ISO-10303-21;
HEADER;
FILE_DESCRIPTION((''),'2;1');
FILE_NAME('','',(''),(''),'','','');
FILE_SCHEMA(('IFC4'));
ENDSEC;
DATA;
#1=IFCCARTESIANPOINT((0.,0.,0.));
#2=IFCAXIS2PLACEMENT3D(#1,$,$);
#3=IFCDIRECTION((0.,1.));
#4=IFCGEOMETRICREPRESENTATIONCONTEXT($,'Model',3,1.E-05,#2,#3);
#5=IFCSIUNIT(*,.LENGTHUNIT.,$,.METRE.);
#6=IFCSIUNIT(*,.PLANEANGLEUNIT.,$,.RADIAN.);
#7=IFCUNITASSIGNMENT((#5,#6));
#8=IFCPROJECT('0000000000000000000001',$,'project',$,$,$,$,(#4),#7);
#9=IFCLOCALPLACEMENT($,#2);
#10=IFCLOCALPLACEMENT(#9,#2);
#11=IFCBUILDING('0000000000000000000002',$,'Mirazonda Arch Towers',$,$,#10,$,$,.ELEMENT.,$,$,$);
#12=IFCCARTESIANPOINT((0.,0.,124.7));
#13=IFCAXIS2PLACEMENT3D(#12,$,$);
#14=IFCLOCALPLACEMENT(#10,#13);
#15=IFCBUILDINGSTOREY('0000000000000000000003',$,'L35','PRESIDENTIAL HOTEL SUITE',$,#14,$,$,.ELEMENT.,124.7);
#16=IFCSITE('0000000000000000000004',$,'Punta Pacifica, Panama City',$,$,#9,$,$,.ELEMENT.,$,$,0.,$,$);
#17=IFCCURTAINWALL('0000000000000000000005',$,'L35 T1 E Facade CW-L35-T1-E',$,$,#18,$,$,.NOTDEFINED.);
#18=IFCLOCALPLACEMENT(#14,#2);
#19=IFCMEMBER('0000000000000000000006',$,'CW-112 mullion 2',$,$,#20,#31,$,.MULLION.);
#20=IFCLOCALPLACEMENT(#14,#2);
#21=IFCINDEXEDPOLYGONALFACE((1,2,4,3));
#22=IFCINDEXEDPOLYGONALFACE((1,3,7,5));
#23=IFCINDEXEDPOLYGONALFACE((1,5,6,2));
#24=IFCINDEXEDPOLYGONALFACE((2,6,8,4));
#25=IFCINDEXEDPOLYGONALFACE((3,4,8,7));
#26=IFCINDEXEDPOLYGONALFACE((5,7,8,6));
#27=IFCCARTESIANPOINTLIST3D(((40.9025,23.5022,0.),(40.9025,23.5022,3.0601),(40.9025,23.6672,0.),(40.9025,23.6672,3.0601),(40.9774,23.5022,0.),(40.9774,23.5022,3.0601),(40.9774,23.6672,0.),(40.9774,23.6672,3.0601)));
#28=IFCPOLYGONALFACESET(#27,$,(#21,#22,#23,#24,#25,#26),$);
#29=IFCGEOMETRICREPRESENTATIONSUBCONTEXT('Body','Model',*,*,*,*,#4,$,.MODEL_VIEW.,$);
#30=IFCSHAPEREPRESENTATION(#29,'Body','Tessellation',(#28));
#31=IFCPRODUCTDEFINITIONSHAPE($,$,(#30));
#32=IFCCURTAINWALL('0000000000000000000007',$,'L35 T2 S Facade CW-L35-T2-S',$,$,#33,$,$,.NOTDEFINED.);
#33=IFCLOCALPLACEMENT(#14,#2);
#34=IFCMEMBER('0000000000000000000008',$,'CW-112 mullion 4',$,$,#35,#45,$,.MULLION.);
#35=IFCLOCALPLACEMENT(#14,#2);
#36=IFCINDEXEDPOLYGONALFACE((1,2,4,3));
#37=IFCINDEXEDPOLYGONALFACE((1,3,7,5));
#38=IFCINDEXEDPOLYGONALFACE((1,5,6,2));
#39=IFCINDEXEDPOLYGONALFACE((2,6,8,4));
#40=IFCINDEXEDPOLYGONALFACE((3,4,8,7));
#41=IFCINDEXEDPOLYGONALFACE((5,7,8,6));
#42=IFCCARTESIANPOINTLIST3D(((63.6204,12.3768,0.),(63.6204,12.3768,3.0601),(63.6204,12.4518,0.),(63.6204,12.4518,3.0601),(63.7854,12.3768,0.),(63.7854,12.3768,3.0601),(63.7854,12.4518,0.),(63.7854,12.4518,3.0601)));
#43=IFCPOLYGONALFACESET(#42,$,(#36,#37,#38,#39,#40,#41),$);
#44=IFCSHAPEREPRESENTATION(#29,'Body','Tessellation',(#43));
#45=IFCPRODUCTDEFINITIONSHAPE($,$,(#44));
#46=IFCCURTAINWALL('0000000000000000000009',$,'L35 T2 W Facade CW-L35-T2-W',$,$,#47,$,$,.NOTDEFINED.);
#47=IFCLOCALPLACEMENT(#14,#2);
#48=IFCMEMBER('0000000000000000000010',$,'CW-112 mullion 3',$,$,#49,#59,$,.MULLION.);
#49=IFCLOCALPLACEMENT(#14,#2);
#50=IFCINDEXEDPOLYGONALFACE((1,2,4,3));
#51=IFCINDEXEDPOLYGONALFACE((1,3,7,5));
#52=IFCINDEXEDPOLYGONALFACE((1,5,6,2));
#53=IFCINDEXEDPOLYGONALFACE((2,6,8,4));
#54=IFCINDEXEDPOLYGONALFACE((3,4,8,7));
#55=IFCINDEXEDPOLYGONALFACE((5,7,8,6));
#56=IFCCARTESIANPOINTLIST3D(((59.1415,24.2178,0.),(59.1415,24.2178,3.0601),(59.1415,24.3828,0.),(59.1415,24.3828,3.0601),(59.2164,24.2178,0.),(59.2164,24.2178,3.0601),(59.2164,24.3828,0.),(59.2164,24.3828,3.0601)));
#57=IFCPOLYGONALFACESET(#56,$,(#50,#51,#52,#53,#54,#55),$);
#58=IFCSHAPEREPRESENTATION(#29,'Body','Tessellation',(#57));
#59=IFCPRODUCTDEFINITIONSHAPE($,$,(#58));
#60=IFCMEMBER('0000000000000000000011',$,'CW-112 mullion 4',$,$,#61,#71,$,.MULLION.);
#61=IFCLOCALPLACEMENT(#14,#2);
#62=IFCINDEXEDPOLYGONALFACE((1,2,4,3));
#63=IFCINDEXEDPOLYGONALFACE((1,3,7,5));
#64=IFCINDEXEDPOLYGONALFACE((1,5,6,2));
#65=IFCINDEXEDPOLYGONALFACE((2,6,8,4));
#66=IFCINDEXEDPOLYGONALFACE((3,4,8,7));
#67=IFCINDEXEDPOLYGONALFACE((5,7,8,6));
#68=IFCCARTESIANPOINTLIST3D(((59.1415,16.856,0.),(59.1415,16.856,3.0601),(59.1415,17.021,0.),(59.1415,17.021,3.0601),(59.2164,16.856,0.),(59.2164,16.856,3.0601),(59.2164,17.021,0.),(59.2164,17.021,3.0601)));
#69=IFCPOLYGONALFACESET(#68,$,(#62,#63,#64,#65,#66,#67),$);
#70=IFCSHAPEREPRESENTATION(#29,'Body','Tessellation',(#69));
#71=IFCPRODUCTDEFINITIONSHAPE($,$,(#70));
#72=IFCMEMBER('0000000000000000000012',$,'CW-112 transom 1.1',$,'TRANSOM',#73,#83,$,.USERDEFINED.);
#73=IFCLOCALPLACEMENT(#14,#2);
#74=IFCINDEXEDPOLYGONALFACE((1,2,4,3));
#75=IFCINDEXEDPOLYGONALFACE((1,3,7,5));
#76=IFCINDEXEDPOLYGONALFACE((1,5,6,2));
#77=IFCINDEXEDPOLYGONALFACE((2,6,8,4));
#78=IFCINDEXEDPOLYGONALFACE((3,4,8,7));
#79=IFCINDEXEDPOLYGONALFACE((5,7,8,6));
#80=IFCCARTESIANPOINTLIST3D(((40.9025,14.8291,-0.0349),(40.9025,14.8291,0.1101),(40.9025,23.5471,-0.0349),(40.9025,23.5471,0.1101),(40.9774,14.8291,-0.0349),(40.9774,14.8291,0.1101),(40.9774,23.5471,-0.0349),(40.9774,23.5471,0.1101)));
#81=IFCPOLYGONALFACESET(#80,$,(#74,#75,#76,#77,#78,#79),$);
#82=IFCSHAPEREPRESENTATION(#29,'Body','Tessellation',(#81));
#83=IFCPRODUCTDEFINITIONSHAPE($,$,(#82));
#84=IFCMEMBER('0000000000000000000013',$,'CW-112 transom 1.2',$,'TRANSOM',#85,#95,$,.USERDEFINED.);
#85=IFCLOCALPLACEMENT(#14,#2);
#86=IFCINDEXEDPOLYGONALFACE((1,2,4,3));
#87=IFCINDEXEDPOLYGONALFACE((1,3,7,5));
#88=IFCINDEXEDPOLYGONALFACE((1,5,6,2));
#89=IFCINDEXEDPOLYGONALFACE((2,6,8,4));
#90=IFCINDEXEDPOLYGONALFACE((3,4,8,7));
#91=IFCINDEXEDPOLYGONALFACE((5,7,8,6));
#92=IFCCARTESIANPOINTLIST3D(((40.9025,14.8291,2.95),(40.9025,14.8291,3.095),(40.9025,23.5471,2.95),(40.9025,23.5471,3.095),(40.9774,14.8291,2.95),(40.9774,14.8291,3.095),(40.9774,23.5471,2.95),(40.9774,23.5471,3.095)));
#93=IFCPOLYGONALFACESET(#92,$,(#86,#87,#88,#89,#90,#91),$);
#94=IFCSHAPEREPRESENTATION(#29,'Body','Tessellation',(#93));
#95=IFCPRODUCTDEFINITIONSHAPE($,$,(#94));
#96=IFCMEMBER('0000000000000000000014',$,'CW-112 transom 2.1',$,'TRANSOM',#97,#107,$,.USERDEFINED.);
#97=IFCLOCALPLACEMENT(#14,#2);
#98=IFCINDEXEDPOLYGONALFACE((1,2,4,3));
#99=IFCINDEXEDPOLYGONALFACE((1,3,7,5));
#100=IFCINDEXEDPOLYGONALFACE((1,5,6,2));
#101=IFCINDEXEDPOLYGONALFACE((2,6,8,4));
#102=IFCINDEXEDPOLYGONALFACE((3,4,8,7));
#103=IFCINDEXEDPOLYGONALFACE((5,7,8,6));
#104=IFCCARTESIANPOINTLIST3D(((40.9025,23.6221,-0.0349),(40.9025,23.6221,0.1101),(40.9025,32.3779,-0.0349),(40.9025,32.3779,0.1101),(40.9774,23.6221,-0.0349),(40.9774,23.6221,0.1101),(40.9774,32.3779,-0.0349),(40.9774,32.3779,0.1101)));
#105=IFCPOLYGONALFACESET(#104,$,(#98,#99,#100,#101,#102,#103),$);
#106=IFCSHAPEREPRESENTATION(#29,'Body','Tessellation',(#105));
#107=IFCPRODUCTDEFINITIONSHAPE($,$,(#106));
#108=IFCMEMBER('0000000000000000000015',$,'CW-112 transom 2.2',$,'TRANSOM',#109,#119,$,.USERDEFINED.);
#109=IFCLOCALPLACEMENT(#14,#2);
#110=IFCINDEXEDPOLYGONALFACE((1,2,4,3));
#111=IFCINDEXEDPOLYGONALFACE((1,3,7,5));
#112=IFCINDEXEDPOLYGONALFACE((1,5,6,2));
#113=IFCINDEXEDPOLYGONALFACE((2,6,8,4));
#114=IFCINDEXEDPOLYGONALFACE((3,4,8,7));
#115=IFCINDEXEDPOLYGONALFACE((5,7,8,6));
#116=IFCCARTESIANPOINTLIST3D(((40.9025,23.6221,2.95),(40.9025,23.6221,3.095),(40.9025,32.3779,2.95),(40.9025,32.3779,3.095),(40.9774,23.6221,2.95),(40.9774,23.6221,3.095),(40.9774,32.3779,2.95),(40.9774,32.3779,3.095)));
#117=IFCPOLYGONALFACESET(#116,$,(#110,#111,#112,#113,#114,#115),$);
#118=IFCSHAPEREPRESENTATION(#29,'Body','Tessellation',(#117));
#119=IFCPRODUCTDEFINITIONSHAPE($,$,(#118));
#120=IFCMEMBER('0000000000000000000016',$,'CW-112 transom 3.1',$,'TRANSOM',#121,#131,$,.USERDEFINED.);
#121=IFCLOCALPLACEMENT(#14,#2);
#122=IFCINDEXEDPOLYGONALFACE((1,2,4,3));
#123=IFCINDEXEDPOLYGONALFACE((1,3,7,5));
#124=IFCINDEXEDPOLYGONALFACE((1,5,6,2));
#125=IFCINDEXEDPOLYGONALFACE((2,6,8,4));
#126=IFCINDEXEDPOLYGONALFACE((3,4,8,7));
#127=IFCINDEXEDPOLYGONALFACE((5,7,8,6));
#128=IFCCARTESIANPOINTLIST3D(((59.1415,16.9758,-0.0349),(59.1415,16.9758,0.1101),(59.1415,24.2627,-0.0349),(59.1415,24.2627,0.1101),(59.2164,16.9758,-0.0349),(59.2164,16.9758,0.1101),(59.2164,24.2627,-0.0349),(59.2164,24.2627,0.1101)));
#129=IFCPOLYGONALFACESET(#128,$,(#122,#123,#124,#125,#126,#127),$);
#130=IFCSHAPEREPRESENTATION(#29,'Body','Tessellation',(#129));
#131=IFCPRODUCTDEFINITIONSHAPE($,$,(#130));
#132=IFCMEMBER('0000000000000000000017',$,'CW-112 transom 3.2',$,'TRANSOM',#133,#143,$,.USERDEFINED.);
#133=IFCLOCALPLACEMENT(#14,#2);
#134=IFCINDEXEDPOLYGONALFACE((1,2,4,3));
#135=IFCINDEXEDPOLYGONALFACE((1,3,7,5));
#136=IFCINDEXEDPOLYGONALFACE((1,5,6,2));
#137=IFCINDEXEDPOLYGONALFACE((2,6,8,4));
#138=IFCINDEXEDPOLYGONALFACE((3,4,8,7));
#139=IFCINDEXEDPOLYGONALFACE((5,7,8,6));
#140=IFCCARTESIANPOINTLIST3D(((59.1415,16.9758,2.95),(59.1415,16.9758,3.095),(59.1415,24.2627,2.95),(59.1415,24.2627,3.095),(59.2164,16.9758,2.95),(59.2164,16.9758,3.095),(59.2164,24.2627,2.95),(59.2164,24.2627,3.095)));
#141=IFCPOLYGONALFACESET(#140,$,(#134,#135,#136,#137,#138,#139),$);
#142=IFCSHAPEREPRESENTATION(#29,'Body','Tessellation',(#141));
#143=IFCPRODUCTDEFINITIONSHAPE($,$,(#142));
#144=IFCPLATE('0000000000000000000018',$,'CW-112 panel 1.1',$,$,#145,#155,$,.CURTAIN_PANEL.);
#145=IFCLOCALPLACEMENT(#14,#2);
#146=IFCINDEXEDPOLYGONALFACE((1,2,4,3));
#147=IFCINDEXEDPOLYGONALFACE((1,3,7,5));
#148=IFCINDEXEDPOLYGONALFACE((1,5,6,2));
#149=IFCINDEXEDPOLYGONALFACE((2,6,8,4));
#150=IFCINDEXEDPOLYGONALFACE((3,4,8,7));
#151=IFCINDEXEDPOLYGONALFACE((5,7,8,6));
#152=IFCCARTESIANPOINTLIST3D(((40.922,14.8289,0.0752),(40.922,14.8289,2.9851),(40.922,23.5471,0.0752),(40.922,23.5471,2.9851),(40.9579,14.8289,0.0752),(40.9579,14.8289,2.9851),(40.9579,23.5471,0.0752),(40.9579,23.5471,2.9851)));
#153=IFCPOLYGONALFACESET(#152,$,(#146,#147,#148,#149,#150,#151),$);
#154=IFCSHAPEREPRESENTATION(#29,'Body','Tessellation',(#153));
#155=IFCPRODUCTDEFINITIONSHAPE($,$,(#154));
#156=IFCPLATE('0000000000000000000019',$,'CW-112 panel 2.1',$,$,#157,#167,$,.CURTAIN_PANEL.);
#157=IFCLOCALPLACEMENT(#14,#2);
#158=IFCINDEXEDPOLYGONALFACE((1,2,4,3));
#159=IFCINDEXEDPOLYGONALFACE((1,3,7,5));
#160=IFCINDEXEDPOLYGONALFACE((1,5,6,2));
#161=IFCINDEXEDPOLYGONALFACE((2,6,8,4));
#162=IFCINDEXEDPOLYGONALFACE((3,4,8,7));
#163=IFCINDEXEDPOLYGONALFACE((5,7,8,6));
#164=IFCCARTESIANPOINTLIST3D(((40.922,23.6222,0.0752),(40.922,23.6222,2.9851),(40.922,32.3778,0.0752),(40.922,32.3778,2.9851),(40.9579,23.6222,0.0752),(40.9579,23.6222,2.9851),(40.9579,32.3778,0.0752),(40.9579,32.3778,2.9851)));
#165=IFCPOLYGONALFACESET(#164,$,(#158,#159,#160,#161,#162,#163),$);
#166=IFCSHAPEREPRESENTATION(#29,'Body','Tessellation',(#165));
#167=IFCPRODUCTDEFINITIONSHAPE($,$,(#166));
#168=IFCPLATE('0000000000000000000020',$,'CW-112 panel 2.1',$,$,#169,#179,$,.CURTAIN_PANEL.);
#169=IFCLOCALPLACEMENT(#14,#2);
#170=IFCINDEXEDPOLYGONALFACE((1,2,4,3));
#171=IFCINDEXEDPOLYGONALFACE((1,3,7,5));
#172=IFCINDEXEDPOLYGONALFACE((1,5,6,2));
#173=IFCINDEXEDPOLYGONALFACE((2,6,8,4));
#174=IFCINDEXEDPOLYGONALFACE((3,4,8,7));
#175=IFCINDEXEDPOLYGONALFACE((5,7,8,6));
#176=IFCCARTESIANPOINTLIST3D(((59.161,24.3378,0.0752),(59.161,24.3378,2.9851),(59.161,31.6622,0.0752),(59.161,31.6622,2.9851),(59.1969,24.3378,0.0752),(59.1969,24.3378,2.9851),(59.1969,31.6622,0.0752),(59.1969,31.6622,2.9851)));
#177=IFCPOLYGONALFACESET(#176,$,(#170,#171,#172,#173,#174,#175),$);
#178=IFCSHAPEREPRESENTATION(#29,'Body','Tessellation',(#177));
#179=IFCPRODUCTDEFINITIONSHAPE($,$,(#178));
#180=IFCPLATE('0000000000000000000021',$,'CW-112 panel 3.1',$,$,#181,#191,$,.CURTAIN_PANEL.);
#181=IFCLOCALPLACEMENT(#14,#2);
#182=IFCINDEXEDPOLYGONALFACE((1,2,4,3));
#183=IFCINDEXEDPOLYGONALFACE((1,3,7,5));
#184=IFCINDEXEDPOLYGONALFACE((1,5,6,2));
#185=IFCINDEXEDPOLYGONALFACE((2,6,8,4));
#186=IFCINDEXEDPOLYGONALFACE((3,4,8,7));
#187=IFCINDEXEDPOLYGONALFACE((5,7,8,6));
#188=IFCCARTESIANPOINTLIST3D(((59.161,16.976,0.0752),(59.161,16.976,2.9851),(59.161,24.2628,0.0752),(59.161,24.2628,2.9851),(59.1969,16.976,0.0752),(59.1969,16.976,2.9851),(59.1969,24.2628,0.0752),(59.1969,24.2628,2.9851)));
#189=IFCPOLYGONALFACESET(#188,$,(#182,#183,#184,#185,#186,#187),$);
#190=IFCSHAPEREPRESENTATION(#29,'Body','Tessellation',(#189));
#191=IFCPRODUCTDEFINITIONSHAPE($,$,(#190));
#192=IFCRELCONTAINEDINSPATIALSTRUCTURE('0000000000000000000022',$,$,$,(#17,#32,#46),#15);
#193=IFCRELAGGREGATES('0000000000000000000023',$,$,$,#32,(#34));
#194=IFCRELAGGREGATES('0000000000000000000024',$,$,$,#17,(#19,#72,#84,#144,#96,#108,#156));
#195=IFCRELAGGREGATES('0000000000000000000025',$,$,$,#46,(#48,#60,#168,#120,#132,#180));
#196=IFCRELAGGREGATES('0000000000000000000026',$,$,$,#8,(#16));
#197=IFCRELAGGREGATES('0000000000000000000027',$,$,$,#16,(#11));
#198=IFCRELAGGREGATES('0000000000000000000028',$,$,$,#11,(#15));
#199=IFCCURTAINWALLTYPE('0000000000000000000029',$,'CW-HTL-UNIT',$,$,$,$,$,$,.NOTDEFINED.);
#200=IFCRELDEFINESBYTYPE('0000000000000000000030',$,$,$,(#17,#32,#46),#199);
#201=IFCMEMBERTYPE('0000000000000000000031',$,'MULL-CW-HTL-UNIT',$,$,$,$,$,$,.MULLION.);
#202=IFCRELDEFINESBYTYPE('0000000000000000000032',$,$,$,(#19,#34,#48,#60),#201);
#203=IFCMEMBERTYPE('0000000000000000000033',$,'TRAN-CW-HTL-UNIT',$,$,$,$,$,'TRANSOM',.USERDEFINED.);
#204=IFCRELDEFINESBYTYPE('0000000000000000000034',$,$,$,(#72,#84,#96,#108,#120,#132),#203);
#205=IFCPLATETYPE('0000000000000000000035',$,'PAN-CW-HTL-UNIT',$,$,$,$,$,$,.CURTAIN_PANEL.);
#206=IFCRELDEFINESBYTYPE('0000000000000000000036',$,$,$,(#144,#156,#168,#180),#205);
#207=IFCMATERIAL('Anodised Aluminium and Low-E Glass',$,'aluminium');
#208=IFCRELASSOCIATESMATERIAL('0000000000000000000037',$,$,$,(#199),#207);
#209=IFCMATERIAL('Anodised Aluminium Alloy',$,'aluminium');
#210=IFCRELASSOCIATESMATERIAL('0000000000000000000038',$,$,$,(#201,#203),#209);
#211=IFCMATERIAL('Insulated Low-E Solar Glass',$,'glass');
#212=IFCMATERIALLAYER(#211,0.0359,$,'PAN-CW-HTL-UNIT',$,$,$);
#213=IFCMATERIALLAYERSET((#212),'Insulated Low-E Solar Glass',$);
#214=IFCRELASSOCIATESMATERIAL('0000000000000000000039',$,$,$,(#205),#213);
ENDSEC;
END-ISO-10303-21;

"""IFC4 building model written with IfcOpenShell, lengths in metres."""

from ifc_helpers import new_model, si_unit, direction, frame, origin, origin_2d, place, context, subcontext, project, spatial, rectangle, extrude, material, layer, layer_set, material_profile, profile_set, type_object, element, aggregate, save


model = new_model("IFC4")

# Units and contexts
model_context = context("Model", 3, precision=1e-05, world=origin(), true_north=direction((0.0, 1.0)))
body_context = subcontext(model_context, "Body", "Model", "MODEL_VIEW")
ifc_project = project(units=[si_unit("LENGTHUNIT", "METRE"), si_unit("PLANEANGLEUNIT", "RADIAN")], contexts=[model_context])

# Site, building, storey
site_placement = place(None, origin())
site = spatial("IfcSite", under=ifc_project, at=site_placement, Name="Punta Pacifica, Panama City", CompositionType="ELEMENT", RefElevation=0.0)
building_placement = place(site_placement, origin())
building = spatial("IfcBuilding", under=site, at=building_placement, Name="Mirazonda Arch Towers", CompositionType="ELEMENT")
storey_placement = place(building_placement, frame((0.0, 0.0, 124.7)))
storey = spatial("IfcBuildingStorey", under=building, at=storey_placement, Name="L35", Description="PRESIDENTIAL HOTEL SUITE", CompositionType="ELEMENT", Elevation=124.7)

# Curtain wall, member
ifc_material_1 = material(Name="Anodised Aluminium and Low-E Glass", Category="aluminium")
curtain_wall_type = type_object("IfcCurtainWallType", Name="CW-HTL-UNIT", PredefinedType="NOTDEFINED", material=ifc_material_1)
curtain_wall_1_placement = place(storey_placement, origin())
curtain_wall_1 = element("IfcCurtainWall", 1, at=curtain_wall_1_placement, inside=storey, type_object=curtain_wall_type, Name="L35 T1 E Facade CW-L35-T1-E", PredefinedType="NOTDEFINED")
ifc_material_2 = material(Name="Anodised Aluminium Alloy", Category="aluminium")
ifc_material_profile_1 = material_profile(ifc_material_2, rectangle(XDim=0.075, YDim=0.165, at=origin_2d()), Name="ALU-MULL-75x165")
ifc_profile_set_1 = profile_set([ifc_material_profile_1], Name="Anodised Aluminium Alloy")
member_type_1 = type_object("IfcMemberType", Name="MULL-CW-HTL-UNIT", PredefinedType="MULLION", material=ifc_profile_set_1)
member_1_placement = place(storey_placement, frame((40.9399, 23.5847, 0.0), z_axis=(0.0, 0.0, 1.0), x_axis=(-1.0, 0.0, 0.0)))
member_1 = element("IfcMember", 2, at=member_1_placement, type_object=member_type_1, Name="CW-112 mullion 2", PredefinedType="MULLION", context=body_context, shape_type="SweptSolid", body=[
    extrude(rectangle(XDim=0.075, YDim=0.165, at=origin_2d()), origin(), (0.0, 0.0, 1.0), 3.0601),
])

# Curtain wall, member
curtain_wall_2_placement = place(storey_placement, origin())
curtain_wall_2 = element("IfcCurtainWall", 3, at=curtain_wall_2_placement, inside=storey, type_object=curtain_wall_type, Name="L35 T2 S Facade CW-L35-T2-S", PredefinedType="NOTDEFINED")
member_2_placement = place(storey_placement, frame((63.7029, 12.4143, 0.0), z_axis=(0.0, 0.0, 1.0), x_axis=(0.0, -1.0, 0.0)))
member_2 = element("IfcMember", 4, at=member_2_placement, type_object=member_type_1, Name="CW-112 mullion 4", PredefinedType="MULLION", context=body_context, shape_type="SweptSolid", body=[
    extrude(rectangle(XDim=0.075, YDim=0.165, at=origin_2d()), origin(), (0.0, 0.0, 1.0), 3.0601),
])
aggregate(curtain_wall_2, [member_2])

# Curtain wall, members
curtain_wall_3_placement = place(storey_placement, origin())
curtain_wall_3 = element("IfcCurtainWall", 5, at=curtain_wall_3_placement, inside=storey, type_object=curtain_wall_type, Name="L35 T2 W Facade CW-L35-T2-W", PredefinedType="NOTDEFINED")
member_3_placement = place(storey_placement, frame((59.179, 24.3003, 0.0), z_axis=(0.0, 0.0, 1.0), x_axis=(1.0, 0.0, 0.0)))
member_3 = element("IfcMember", 6, at=member_3_placement, type_object=member_type_1, Name="CW-112 mullion 3", PredefinedType="MULLION", context=body_context, shape_type="SweptSolid", body=[
    extrude(rectangle(XDim=0.075, YDim=0.165, at=origin_2d()), origin(), (0.0, 0.0, 1.0), 3.0601),
])
member_4_placement = place(storey_placement, frame((59.179, 16.9385, 0.0), z_axis=(0.0, 0.0, 1.0), x_axis=(1.0, 0.0, 0.0)))
member_4 = element("IfcMember", 7, at=member_4_placement, type_object=member_type_1, Name="CW-112 mullion 4", PredefinedType="MULLION", context=body_context, shape_type="SweptSolid", body=[
    extrude(rectangle(XDim=0.075, YDim=0.165, at=origin_2d()), origin(), (0.0, 0.0, 1.0), 3.0601),
])

# Members
ifc_material_profile_2 = material_profile(ifc_material_2, rectangle(XDim=0.075, YDim=0.145, at=origin_2d()), Name="ALU-TRAN-75x145")
ifc_profile_set_2 = profile_set([ifc_material_profile_2], Name="Anodised Aluminium Alloy")
member_type_2 = type_object("IfcMemberType", Name="TRAN-CW-HTL-UNIT", ElementType="TRANSOM", PredefinedType="USERDEFINED", material=ifc_profile_set_2)
member_5_placement = place(storey_placement, frame((40.9399, 14.8291, 0.0376), z_axis=(0.0, 1.0, 0.0), x_axis=(-1.0, 0.0, 0.0)))
member_5 = element("IfcMember", 8, at=member_5_placement, type_object=member_type_2, Name="CW-112 transom 1.1", ObjectType="TRANSOM", PredefinedType="USERDEFINED", context=body_context, shape_type="SweptSolid", body=[
    extrude(rectangle(XDim=0.075, YDim=0.145, at=origin_2d()), origin(), (0.0, 0.0, 1.0), 8.718),
])
member_6_placement = place(storey_placement, frame((40.9399, 14.8291, 3.0225), z_axis=(0.0, 1.0, 0.0), x_axis=(-1.0, 0.0, 0.0)))
member_6 = element("IfcMember", 9, at=member_6_placement, type_object=member_type_2, Name="CW-112 transom 1.2", ObjectType="TRANSOM", PredefinedType="USERDEFINED", context=body_context, shape_type="SweptSolid", body=[
    extrude(rectangle(XDim=0.075, YDim=0.145, at=origin_2d()), origin(), (0.0, 0.0, 1.0), 8.718),
])
member_7_placement = place(storey_placement, frame((40.9399, 23.6221, 0.0376), z_axis=(0.0, 1.0, 0.0), x_axis=(-1.0, 0.0, 0.0)))
member_7 = element("IfcMember", 10, at=member_7_placement, type_object=member_type_2, Name="CW-112 transom 2.1", ObjectType="TRANSOM", PredefinedType="USERDEFINED", context=body_context, shape_type="SweptSolid", body=[
    extrude(rectangle(XDim=0.075, YDim=0.145, at=origin_2d()), origin(), (0.0, 0.0, 1.0), 8.7559),
])
member_8_placement = place(storey_placement, frame((40.9399, 23.6221, 3.0225), z_axis=(0.0, 1.0, 0.0), x_axis=(-1.0, 0.0, 0.0)))
member_8 = element("IfcMember", 11, at=member_8_placement, type_object=member_type_2, Name="CW-112 transom 2.2", ObjectType="TRANSOM", PredefinedType="USERDEFINED", context=body_context, shape_type="SweptSolid", body=[
    extrude(rectangle(XDim=0.075, YDim=0.145, at=origin_2d()), origin(), (0.0, 0.0, 1.0), 8.7559),
])
member_9_placement = place(storey_placement, frame((59.179, 24.2627, 0.0376), z_axis=(0.0, -1.0, 0.0), x_axis=(1.0, 0.0, 0.0)))
member_9 = element("IfcMember", 12, at=member_9_placement, type_object=member_type_2, Name="CW-112 transom 3.1", ObjectType="TRANSOM", PredefinedType="USERDEFINED", context=body_context, shape_type="SweptSolid", body=[
    extrude(rectangle(XDim=0.075, YDim=0.145, at=origin_2d()), origin(), (0.0, 0.0, 1.0), 7.2869),
])
member_10_placement = place(storey_placement, frame((59.179, 24.2627, 3.0225), z_axis=(0.0, -1.0, 0.0), x_axis=(1.0, 0.0, 0.0)))
member_10 = element("IfcMember", 13, at=member_10_placement, type_object=member_type_2, Name="CW-112 transom 3.2", ObjectType="TRANSOM", PredefinedType="USERDEFINED", context=body_context, shape_type="SweptSolid", body=[
    extrude(rectangle(XDim=0.075, YDim=0.145, at=origin_2d()), origin(), (0.0, 0.0, 1.0), 7.2869),
])

# Plates
ifc_material_3 = material(Name="Insulated Low-E Solar Glass", Category="glass")
ifc_layer_1 = layer(ifc_material_3, 0.0359, Name="PAN-CW-HTL-UNIT")
ifc_layer_set_1 = layer_set([ifc_layer_1], Name="Insulated Low-E Solar Glass")
plate_type = type_object("IfcPlateType", Name="PAN-CW-HTL-UNIT", PredefinedType="CURTAIN_PANEL", material=ifc_layer_set_1)
plate_1_placement = place(storey_placement, frame((40.9399, 19.188, 0.0752), z_axis=(0.0, 0.0, 1.0), x_axis=(0.0, 1.0, 0.0)))
plate_1 = element("IfcPlate", 14, at=plate_1_placement, type_object=plate_type, Name="CW-112 panel 1.1", PredefinedType="CURTAIN_PANEL", context=body_context, shape_type="SweptSolid", body=[
    extrude(rectangle(XDim=8.7183, YDim=0.0359, at=origin_2d()), origin(), (0.0, 0.0, 1.0), 2.9099),
])
plate_2_placement = place(storey_placement, frame((40.9399, 28.0, 0.0752), z_axis=(0.0, 0.0, 1.0), x_axis=(0.0, 1.0, 0.0)))
plate_2 = element("IfcPlate", 15, at=plate_2_placement, type_object=plate_type, Name="CW-112 panel 2.1", PredefinedType="CURTAIN_PANEL", context=body_context, shape_type="SweptSolid", body=[
    extrude(rectangle(XDim=8.7556, YDim=0.0359, at=origin_2d()), origin(), (0.0, 0.0, 1.0), 2.9099),
])
aggregate(curtain_wall_1, [member_1, member_5, member_6, plate_1, member_7, member_8, plate_2])
plate_3_placement = place(storey_placement, frame((59.179, 28.0, 0.0752), z_axis=(0.0, 0.0, 1.0), x_axis=(0.0, -1.0, 0.0)))
plate_3 = element("IfcPlate", 16, at=plate_3_placement, type_object=plate_type, Name="CW-112 panel 2.1", PredefinedType="CURTAIN_PANEL", context=body_context, shape_type="SweptSolid", body=[
    extrude(rectangle(XDim=7.3245, YDim=0.0359, at=origin_2d()), origin(), (0.0, 0.0, 1.0), 2.9099),
])
plate_4_placement = place(storey_placement, frame((59.179, 20.6194, 0.0752), z_axis=(0.0, 0.0, 1.0), x_axis=(0.0, -1.0, 0.0)))
plate_4 = element("IfcPlate", 17, at=plate_4_placement, type_object=plate_type, Name="CW-112 panel 3.1", PredefinedType="CURTAIN_PANEL", context=body_context, shape_type="SweptSolid", body=[
    extrude(rectangle(XDim=7.2869, YDim=0.0359, at=origin_2d()), origin(), (0.0, 0.0, 1.0), 2.9099),
])
aggregate(curtain_wall_3, [member_3, member_4, plate_3, member_9, member_10, plate_4])

save(model, "model.ifc")
